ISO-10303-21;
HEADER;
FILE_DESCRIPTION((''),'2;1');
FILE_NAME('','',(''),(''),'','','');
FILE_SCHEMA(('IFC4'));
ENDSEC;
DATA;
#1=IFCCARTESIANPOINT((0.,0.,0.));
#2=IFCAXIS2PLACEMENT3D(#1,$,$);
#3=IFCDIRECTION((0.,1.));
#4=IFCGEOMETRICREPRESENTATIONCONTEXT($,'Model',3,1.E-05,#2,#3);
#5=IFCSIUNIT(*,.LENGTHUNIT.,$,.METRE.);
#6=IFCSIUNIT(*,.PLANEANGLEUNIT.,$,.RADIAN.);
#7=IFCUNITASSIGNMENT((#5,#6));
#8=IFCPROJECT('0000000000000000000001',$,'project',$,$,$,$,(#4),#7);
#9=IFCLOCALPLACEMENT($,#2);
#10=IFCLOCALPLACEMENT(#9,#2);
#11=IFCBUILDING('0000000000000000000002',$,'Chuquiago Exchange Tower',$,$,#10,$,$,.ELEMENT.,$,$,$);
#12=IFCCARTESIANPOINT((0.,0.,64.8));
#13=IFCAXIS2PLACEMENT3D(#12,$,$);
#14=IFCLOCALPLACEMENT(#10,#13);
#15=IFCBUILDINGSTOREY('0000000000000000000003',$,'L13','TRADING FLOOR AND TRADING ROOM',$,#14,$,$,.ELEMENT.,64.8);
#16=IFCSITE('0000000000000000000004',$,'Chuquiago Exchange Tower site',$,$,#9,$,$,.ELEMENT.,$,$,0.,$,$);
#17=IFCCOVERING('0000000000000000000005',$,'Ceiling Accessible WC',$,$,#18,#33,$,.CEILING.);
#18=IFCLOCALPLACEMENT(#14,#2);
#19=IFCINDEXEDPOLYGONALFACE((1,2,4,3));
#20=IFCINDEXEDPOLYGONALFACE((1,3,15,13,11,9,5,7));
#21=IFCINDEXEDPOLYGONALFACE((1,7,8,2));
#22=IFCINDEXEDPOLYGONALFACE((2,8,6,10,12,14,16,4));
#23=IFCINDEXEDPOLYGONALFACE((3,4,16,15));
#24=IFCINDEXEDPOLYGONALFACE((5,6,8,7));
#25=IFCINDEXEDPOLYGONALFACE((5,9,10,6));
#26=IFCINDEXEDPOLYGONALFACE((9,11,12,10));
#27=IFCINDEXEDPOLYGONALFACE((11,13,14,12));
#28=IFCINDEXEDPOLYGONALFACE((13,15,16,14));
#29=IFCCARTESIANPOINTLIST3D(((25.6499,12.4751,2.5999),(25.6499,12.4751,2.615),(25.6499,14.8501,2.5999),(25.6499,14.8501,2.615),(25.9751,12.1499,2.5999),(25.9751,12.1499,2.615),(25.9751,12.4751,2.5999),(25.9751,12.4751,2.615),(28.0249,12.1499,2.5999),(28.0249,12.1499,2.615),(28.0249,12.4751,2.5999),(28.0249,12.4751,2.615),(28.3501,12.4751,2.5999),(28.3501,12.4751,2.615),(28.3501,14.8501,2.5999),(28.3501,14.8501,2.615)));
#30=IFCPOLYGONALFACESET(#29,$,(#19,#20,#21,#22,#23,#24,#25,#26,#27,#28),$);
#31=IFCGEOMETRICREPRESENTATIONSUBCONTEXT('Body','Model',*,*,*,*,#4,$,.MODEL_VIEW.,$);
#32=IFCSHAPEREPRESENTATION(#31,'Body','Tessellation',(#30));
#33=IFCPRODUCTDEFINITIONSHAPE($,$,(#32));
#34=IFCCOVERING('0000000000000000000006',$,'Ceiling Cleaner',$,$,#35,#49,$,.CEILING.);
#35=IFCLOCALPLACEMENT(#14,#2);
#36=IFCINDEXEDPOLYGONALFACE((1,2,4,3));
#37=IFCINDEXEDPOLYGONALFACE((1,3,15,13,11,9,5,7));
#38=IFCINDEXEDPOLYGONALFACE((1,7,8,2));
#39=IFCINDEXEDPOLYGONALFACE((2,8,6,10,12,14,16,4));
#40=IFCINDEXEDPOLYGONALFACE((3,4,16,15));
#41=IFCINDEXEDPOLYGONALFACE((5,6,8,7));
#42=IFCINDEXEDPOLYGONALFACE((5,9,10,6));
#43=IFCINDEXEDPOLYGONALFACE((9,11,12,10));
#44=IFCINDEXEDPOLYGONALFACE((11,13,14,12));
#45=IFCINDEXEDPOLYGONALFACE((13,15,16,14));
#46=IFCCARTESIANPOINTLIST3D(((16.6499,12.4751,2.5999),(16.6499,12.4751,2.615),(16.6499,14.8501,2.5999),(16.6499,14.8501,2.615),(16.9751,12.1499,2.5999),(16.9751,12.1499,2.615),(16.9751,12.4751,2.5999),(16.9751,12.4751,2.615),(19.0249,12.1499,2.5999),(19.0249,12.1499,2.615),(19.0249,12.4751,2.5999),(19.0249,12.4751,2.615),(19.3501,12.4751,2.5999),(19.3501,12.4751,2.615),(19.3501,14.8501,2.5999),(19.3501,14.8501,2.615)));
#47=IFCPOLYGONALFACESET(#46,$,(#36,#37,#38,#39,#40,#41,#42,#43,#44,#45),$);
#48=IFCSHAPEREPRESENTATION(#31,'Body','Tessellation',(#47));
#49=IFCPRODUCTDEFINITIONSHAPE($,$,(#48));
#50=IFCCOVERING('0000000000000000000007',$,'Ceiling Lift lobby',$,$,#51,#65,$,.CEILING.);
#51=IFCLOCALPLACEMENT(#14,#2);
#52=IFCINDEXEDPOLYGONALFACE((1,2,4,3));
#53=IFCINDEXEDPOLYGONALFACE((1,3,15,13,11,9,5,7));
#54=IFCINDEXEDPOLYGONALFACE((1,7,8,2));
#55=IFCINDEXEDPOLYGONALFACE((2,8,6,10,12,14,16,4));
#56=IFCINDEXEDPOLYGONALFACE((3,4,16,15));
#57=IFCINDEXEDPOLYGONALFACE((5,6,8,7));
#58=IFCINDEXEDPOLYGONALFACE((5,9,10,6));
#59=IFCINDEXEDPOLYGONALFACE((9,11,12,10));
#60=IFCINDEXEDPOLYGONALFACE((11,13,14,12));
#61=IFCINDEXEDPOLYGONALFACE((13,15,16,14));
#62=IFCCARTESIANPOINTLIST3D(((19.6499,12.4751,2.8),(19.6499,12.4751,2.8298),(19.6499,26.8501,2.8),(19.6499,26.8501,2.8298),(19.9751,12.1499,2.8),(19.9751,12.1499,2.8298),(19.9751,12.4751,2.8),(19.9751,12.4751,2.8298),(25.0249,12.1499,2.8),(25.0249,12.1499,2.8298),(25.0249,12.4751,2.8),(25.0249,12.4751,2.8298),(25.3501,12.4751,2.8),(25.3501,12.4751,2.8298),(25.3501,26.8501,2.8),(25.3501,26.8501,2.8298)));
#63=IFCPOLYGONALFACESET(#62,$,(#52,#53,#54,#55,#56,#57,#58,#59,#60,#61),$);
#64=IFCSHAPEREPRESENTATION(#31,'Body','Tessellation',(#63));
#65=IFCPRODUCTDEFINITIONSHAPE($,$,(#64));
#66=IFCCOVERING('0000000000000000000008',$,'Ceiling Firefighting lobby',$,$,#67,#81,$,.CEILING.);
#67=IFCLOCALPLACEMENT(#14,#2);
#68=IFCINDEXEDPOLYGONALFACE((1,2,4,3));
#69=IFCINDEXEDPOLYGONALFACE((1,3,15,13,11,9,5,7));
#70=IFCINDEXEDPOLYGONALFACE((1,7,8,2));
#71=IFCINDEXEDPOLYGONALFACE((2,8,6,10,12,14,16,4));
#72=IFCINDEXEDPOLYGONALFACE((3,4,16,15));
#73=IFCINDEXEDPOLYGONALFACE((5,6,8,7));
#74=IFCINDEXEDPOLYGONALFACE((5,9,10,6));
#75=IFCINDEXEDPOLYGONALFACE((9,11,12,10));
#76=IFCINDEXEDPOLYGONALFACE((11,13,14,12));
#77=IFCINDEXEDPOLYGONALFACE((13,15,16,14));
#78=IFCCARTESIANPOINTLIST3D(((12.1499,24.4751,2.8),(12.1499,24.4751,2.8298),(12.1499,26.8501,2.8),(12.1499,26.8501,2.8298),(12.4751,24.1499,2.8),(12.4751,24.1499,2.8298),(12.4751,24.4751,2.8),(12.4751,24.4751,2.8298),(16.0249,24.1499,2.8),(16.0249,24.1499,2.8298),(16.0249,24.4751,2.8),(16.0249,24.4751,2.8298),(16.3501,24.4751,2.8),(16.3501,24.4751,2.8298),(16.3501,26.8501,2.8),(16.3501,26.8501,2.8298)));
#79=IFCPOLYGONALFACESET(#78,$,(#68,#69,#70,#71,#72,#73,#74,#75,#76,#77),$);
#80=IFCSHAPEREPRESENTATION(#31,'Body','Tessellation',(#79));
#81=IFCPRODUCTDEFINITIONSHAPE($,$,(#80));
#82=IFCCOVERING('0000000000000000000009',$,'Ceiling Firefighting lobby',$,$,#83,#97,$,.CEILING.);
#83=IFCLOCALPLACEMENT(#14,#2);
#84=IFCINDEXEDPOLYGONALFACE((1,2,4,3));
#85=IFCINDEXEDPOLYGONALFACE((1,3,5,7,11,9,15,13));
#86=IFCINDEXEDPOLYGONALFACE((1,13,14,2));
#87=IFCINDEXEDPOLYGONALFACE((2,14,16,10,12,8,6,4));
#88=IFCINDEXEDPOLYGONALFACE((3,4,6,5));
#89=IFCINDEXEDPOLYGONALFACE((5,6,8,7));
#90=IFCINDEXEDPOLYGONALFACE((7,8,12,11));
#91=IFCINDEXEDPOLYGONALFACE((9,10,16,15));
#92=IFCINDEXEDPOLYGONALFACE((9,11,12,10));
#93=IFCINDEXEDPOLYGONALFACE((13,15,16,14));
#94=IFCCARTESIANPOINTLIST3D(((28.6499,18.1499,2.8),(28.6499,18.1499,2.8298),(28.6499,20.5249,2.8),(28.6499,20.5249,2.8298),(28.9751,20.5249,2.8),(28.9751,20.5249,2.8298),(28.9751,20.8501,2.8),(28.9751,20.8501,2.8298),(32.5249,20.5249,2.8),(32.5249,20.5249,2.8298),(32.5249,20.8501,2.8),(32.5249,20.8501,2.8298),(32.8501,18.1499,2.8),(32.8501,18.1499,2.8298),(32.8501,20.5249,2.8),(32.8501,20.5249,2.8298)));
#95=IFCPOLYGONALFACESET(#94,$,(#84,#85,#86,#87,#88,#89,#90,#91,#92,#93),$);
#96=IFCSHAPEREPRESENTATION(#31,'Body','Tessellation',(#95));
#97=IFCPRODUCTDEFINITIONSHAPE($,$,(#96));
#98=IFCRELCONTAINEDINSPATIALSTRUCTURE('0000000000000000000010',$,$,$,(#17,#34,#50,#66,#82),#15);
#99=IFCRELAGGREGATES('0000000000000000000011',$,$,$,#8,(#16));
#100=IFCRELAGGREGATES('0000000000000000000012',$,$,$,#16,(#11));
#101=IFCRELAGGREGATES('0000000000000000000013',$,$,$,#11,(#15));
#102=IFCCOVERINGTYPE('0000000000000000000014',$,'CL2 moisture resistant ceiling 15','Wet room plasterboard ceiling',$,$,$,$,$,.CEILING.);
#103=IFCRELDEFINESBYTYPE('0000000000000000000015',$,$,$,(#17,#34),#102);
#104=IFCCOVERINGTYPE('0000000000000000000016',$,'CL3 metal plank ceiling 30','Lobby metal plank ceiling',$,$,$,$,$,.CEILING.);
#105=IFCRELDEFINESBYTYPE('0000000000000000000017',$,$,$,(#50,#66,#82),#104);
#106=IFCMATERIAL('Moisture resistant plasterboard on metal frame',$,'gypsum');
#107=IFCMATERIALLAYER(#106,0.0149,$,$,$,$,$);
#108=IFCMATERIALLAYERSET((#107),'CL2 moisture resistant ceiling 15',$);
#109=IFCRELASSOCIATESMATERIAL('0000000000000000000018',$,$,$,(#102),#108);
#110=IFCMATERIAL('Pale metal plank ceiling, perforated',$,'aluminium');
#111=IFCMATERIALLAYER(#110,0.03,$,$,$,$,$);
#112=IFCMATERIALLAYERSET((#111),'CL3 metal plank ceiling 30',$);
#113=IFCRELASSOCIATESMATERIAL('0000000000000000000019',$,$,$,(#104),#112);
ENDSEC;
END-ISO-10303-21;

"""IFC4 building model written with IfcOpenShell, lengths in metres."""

from ifc_helpers import new_model, si_unit, direction, frame, origin, place, context, subcontext, project, spatial, polyline, outline, extrude, material, layer, layer_set, type_object, element, save


model = new_model("IFC4")

# Units and contexts
model_context = context("Model", 3, precision=1e-05, world=origin(), true_north=direction((0.0, 1.0)))
body_context = subcontext(model_context, "Body", "Model", "MODEL_VIEW")
ifc_project = project(units=[si_unit("LENGTHUNIT", "METRE"), si_unit("PLANEANGLEUNIT", "RADIAN")], contexts=[model_context])

# Site, building, storey
site_placement = place(None, origin())
site = spatial("IfcSite", under=ifc_project, at=site_placement, Name="Chuquiago Exchange Tower site", CompositionType="ELEMENT", RefElevation=0.0)
building_placement = place(site_placement, origin())
building = spatial("IfcBuilding", under=site, at=building_placement, Name="Chuquiago Exchange Tower", CompositionType="ELEMENT")
storey_placement = place(building_placement, frame((0.0, 0.0, 64.8)))
storey = spatial("IfcBuildingStorey", under=building, at=storey_placement, Name="L13", Description="TRADING FLOOR AND TRADING ROOM", CompositionType="ELEMENT", Elevation=64.8)

# Coverings
ifc_material_1 = material(Name="Moisture resistant plasterboard on metal frame", Category="gypsum")
ifc_layer_1 = layer(ifc_material_1, 0.0149)
ifc_layer_set_1 = layer_set([ifc_layer_1], Name="CL2 moisture resistant ceiling 15")
covering_type_1 = type_object("IfcCoveringType", Name="CL2 moisture resistant ceiling 15", Description="Wet room plasterboard ceiling", PredefinedType="CEILING", material=ifc_layer_set_1)
covering_1_placement = place(storey_placement, frame((0.0, 0.0, 2.5999)))
element("IfcCovering", 1, at=covering_1_placement, inside=storey, type_object=covering_type_1, Name="Ceiling Accessible WC", PredefinedType="CEILING", context=body_context, shape_type="SweptSolid", body=[
    extrude(outline(polyline([(25.9751, 12.1499), (25.9751, 12.4751), (25.6499, 12.4751), (25.6499, 14.8501), (28.3501, 14.8501), (28.3501, 12.4751), (28.0249, 12.4751), (28.0249, 12.1499), (25.9751, 12.1499)])), origin(), (0.0, 0.0, 1.0), 0.0151),
])
covering_2_placement = place(storey_placement, frame((0.0, 0.0, 2.5999)))
element("IfcCovering", 2, at=covering_2_placement, inside=storey, type_object=covering_type_1, Name="Ceiling Cleaner", PredefinedType="CEILING", context=body_context, shape_type="SweptSolid", body=[
    extrude(outline(polyline([(16.9751, 12.1499), (16.9751, 12.4751), (16.6499, 12.4751), (16.6499, 14.8501), (19.3501, 14.8501), (19.3501, 12.4751), (19.0249, 12.4751), (19.0249, 12.1499), (16.9751, 12.1499)])), origin(), (0.0, 0.0, 1.0), 0.0151),
])
ifc_material_2 = material(Name="Pale metal plank ceiling, perforated", Category="aluminium")
ifc_layer_2 = layer(ifc_material_2, 0.03)
ifc_layer_set_2 = layer_set([ifc_layer_2], Name="CL3 metal plank ceiling 30")
covering_type_2 = type_object("IfcCoveringType", Name="CL3 metal plank ceiling 30", Description="Lobby metal plank ceiling", PredefinedType="CEILING", material=ifc_layer_set_2)
covering_3_placement = place(storey_placement, frame((0.0, 0.0, 2.8)))
element("IfcCovering", 3, at=covering_3_placement, inside=storey, type_object=covering_type_2, Name="Ceiling Lift lobby", PredefinedType="CEILING", context=body_context, shape_type="SweptSolid", body=[
    extrude(outline(polyline([(19.9751, 12.1499), (19.9751, 12.4751), (19.6499, 12.4751), (19.6499, 26.8501), (25.3501, 26.8501), (25.3501, 12.4751), (25.0249, 12.4751), (25.0249, 12.1499), (19.9751, 12.1499)])), origin(), (0.0, 0.0, 1.0), 0.0298),
])
covering_4_placement = place(storey_placement, frame((0.0, 0.0, 2.8)))
element("IfcCovering", 4, at=covering_4_placement, inside=storey, type_object=covering_type_2, Name="Ceiling Firefighting lobby", PredefinedType="CEILING", context=body_context, shape_type="SweptSolid", body=[
    extrude(outline(polyline([(12.4751, 24.1499), (12.4751, 24.4751), (12.1499, 24.4751), (12.1499, 26.8501), (16.3501, 26.8501), (16.3501, 24.4751), (16.0249, 24.4751), (16.0249, 24.1499), (12.4751, 24.1499)])), origin(), (0.0, 0.0, 1.0), 0.0298),
])
covering_5_placement = place(storey_placement, frame((0.0, 0.0, 2.8)))
element("IfcCovering", 5, at=covering_5_placement, inside=storey, type_object=covering_type_2, Name="Ceiling Firefighting lobby", PredefinedType="CEILING", context=body_context, shape_type="SweptSolid", body=[
    extrude(outline(polyline([(28.6499, 18.1499), (28.6499, 20.5249), (28.9751, 20.5249), (28.9751, 20.8501), (32.5249, 20.8501), (32.5249, 20.5249), (32.8501, 20.5249), (32.8501, 18.1499), (28.6499, 18.1499)])), origin(), (0.0, 0.0, 1.0), 0.0298),
])

save(model, "model.ifc")
